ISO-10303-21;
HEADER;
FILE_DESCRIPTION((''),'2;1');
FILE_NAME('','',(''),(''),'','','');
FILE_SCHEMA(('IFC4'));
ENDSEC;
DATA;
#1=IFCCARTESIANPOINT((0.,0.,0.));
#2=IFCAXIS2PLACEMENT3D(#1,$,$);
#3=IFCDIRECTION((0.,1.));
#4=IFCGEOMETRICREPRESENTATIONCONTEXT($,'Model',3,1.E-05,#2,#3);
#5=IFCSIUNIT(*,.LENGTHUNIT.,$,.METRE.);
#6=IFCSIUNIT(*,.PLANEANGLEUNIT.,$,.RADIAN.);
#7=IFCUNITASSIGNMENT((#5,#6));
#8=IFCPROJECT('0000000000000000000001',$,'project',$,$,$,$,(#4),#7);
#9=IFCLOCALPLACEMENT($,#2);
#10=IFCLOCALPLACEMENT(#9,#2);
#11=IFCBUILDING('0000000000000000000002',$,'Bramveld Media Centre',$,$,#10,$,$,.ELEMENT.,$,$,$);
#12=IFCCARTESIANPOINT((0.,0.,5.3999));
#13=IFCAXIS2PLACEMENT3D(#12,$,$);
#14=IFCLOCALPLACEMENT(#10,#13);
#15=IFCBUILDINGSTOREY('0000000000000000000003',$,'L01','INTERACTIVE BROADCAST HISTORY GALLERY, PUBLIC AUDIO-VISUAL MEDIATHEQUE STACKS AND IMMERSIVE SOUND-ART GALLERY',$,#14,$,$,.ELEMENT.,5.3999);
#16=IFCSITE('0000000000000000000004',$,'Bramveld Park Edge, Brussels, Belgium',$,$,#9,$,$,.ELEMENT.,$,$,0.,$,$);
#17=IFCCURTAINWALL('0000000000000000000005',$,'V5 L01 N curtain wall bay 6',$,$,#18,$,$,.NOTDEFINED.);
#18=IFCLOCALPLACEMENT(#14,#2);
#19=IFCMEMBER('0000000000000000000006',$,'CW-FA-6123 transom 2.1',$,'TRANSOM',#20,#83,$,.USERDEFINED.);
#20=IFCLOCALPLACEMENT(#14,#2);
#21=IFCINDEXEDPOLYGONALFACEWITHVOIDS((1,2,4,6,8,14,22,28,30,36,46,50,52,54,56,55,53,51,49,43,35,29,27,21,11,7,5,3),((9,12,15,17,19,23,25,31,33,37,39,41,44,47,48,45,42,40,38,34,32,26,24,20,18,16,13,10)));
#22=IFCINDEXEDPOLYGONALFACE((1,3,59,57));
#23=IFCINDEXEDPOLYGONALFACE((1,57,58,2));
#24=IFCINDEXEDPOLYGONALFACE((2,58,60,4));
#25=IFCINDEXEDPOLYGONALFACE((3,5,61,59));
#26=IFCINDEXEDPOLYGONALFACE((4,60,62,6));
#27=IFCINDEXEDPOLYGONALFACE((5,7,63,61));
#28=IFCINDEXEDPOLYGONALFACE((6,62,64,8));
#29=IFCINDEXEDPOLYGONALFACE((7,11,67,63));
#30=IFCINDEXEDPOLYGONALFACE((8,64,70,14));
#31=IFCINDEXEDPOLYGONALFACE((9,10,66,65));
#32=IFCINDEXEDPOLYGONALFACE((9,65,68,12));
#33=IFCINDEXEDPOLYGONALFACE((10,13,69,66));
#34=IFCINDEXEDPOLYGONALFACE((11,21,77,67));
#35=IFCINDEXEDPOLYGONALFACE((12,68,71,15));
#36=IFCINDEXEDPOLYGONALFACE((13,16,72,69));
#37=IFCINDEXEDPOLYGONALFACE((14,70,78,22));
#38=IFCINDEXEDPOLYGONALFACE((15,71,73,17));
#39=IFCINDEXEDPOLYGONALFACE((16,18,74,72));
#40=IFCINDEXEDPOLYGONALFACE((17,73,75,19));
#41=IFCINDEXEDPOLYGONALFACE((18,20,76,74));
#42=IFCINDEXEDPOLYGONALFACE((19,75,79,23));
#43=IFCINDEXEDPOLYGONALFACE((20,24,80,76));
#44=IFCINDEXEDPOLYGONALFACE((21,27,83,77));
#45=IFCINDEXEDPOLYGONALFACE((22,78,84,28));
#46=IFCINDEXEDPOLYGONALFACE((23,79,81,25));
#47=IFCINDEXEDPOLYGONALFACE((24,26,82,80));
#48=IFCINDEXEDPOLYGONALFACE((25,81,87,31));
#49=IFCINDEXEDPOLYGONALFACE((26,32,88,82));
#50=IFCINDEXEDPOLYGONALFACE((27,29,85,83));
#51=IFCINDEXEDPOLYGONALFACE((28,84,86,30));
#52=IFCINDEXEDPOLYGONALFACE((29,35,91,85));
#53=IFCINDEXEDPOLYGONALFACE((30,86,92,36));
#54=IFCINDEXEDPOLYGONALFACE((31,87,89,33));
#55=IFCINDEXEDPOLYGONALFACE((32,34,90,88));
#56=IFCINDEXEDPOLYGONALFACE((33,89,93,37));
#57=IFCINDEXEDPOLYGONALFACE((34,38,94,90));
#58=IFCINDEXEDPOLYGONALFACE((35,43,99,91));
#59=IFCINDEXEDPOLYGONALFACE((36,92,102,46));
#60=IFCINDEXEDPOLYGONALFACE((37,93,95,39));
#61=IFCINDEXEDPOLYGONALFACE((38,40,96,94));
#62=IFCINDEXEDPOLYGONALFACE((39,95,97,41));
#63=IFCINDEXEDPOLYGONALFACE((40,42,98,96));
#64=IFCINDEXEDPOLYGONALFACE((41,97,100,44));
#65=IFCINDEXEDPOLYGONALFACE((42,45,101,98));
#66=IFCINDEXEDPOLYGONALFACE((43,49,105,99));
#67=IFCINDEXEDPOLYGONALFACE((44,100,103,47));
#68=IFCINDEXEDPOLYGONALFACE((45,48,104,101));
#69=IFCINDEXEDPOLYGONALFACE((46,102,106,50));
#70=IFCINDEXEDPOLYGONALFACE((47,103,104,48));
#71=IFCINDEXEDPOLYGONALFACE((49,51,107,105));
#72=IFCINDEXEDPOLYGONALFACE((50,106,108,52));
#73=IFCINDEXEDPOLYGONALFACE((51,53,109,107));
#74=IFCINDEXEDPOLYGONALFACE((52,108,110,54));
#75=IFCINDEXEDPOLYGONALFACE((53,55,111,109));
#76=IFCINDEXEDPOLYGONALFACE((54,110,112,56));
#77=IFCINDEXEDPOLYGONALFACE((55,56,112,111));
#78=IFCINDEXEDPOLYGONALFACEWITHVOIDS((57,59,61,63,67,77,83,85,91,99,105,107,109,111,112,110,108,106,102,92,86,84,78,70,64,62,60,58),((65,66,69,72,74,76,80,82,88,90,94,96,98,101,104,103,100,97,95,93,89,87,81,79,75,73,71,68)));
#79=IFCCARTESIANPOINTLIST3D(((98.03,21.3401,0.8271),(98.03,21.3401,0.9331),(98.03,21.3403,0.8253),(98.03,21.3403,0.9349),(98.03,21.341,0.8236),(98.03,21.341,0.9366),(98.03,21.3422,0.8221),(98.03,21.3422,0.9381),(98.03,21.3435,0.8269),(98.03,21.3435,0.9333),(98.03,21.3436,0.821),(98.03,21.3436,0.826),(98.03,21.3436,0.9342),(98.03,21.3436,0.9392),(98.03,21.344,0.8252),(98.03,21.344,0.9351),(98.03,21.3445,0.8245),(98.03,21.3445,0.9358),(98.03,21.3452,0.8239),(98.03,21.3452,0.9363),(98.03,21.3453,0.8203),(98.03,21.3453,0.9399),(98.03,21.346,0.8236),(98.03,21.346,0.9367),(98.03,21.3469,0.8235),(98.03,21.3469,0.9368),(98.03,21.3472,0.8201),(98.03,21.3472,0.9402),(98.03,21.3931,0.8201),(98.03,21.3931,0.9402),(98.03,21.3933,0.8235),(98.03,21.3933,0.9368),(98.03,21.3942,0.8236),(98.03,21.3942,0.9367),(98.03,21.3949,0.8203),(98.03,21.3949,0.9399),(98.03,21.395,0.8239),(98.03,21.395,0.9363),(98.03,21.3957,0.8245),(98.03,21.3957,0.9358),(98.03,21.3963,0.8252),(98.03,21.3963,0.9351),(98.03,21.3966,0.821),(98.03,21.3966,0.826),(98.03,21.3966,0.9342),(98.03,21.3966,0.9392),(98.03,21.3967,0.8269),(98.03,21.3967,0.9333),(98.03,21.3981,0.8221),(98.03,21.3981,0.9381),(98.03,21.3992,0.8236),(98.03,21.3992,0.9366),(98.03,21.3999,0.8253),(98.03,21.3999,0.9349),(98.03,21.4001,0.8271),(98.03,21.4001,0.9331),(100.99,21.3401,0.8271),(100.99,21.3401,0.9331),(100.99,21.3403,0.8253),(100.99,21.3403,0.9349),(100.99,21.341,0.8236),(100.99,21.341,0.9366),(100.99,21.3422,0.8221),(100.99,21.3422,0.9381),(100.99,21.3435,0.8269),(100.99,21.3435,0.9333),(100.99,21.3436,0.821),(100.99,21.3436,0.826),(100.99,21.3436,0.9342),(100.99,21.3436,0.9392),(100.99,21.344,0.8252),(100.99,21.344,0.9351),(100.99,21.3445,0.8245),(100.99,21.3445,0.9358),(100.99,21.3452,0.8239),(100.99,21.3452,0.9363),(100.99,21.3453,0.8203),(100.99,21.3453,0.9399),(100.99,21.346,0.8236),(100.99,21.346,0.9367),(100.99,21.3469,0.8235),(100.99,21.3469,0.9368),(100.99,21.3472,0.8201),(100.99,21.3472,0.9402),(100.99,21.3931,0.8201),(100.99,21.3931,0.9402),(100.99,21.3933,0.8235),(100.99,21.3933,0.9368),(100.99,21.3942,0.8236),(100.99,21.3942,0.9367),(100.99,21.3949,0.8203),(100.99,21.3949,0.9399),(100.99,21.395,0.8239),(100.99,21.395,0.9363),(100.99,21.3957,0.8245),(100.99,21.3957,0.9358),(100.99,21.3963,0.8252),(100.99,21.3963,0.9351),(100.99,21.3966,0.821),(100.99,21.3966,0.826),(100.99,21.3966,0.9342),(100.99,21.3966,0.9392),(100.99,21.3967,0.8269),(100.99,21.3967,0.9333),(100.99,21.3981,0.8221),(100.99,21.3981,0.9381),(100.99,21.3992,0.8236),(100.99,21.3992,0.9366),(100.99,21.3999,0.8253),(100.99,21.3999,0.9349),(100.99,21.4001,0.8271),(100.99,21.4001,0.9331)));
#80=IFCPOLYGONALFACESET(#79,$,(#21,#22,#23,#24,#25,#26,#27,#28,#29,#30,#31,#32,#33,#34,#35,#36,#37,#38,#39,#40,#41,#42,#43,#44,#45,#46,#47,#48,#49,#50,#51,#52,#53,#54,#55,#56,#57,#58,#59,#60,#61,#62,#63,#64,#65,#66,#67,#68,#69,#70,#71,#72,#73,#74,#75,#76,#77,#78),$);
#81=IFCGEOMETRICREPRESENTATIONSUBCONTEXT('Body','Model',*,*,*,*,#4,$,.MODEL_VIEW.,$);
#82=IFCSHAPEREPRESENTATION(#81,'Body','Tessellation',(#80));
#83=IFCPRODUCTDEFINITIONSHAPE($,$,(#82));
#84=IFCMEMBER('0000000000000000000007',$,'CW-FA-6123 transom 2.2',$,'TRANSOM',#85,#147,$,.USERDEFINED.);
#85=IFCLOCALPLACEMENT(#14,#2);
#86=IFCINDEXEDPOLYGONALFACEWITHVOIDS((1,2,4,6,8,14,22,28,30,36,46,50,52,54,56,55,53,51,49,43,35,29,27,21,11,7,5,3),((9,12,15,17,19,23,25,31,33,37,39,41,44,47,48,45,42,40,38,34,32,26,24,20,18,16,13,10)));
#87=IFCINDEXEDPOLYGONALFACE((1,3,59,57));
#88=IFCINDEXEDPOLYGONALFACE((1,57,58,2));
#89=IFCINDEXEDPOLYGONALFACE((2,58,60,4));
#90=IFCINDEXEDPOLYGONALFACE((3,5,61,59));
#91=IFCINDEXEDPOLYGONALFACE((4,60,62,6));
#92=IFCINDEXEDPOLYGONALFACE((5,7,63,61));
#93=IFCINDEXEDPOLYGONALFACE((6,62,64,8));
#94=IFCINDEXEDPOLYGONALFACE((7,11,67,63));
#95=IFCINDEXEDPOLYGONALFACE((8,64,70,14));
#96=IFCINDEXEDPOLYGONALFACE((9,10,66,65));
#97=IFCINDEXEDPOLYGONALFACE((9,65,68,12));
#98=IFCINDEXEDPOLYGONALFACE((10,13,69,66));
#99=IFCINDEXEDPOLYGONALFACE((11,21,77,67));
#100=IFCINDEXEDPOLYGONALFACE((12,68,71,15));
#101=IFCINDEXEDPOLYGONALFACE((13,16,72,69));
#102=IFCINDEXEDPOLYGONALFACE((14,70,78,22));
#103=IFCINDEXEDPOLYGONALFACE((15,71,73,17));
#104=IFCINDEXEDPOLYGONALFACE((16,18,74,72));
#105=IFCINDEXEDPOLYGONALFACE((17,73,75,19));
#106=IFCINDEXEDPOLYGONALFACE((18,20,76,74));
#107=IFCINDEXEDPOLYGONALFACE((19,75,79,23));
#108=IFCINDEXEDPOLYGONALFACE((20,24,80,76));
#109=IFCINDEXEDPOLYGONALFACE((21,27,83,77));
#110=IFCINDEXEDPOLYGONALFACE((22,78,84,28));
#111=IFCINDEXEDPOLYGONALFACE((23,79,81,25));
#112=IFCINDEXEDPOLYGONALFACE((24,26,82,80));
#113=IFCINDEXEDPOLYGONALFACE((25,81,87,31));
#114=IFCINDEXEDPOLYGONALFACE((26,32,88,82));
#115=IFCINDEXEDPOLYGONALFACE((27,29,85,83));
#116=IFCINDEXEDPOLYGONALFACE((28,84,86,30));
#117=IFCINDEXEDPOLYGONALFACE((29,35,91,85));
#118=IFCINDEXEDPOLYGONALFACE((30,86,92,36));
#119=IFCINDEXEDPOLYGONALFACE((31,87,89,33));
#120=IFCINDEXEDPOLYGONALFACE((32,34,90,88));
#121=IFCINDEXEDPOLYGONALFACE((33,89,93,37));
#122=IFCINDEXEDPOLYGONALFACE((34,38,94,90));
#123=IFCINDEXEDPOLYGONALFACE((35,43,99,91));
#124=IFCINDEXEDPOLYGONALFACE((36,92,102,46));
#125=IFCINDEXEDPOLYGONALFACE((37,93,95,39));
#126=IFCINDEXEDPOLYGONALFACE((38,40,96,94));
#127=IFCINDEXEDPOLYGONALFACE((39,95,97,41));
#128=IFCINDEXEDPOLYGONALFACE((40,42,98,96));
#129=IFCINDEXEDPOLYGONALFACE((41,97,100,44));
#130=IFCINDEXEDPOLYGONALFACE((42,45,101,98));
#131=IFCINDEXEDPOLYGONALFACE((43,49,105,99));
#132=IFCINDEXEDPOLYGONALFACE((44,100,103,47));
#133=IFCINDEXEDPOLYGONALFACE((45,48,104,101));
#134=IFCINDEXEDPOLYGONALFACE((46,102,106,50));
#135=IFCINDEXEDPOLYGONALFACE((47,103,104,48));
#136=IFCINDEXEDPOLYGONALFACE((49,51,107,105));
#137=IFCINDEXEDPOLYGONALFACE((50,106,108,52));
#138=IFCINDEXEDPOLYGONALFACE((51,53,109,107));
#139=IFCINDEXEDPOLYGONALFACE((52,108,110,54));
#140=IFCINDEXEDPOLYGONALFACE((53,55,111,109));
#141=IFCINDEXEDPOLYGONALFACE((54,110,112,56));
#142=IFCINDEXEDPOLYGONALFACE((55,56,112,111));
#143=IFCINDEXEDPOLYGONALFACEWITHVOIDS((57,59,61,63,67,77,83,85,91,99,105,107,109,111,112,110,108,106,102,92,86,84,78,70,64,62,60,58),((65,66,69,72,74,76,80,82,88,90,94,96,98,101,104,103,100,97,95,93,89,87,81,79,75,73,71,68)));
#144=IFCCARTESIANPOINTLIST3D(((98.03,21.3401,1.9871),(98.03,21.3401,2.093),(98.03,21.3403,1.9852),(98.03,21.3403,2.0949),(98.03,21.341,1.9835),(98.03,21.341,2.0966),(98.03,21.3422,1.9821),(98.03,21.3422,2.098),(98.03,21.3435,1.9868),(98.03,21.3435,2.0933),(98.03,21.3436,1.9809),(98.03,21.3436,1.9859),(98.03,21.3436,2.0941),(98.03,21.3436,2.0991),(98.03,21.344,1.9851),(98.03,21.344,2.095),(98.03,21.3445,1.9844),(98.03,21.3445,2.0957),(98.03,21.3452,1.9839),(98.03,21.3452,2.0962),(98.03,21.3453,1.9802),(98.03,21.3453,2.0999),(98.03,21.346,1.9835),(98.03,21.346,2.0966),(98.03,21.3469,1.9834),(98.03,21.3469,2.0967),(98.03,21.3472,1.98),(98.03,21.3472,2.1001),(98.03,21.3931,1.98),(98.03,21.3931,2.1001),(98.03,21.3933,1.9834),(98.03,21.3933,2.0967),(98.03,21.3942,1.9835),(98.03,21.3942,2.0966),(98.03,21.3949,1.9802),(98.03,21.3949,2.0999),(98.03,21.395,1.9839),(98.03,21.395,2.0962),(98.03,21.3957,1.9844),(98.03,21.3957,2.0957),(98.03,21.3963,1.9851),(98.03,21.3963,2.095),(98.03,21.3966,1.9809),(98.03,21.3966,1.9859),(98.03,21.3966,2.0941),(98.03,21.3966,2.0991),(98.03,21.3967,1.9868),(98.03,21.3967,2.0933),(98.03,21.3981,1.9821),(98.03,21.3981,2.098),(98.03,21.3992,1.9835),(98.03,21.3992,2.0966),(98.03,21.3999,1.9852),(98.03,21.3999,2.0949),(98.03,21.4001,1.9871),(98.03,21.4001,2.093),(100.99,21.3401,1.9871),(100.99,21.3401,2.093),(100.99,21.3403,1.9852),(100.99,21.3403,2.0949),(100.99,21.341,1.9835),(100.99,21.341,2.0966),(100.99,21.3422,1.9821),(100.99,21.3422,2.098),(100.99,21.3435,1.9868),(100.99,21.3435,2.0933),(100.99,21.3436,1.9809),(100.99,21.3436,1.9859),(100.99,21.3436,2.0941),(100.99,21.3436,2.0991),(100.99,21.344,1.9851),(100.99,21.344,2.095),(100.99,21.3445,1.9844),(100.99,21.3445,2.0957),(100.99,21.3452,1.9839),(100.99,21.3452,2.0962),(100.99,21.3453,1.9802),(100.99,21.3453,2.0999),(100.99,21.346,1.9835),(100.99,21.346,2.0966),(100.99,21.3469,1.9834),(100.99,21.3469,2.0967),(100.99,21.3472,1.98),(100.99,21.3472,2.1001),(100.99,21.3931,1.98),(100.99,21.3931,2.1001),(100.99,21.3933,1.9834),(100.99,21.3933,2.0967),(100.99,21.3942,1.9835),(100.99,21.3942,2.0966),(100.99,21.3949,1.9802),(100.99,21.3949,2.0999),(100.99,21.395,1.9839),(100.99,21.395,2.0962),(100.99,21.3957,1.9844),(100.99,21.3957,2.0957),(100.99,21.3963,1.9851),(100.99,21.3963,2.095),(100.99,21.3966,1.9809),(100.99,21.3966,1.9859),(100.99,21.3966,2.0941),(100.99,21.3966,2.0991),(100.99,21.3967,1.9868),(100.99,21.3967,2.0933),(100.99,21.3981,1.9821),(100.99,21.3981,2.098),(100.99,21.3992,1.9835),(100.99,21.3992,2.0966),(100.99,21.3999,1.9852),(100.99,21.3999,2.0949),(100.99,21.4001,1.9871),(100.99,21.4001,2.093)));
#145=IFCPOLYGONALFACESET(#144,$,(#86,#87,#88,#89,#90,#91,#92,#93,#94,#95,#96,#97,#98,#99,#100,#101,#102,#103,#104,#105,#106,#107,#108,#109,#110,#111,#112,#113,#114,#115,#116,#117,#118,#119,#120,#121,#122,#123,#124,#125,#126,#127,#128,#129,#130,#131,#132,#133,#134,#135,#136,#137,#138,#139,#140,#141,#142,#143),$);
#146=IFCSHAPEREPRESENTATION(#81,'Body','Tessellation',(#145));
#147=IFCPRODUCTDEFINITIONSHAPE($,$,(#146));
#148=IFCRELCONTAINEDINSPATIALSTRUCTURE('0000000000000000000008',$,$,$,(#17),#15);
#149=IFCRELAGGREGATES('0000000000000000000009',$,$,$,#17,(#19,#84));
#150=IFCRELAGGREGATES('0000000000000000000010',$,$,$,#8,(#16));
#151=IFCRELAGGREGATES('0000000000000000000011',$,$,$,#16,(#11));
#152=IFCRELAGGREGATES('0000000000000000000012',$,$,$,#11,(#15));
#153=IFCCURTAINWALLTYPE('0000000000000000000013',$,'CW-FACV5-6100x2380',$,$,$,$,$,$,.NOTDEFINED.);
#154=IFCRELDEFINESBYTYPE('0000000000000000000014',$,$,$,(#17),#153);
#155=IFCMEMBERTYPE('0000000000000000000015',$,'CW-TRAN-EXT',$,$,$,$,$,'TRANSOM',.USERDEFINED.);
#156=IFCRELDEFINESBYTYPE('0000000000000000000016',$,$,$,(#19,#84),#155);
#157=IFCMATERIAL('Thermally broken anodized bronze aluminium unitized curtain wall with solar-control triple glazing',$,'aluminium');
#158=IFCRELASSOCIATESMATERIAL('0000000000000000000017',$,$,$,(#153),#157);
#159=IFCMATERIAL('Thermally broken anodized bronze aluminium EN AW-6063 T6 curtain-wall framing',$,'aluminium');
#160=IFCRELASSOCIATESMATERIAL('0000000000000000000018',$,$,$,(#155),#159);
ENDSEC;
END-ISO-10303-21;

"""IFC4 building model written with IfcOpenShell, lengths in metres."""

from ifc_helpers import new_model, si_unit, direction, frame, origin, origin_2d, place, context, subcontext, project, spatial, hollow_rectangle, extrude, material, material_profile, profile_set, type_object, element, aggregate, save


model = new_model("IFC4")

# Units and contexts
model_context = context("Model", 3, precision=1e-05, world=origin(), true_north=direction((0.0, 1.0)))
body_context = subcontext(model_context, "Body", "Model", "MODEL_VIEW")
ifc_project = project(units=[si_unit("LENGTHUNIT", "METRE"), si_unit("PLANEANGLEUNIT", "RADIAN")], contexts=[model_context])

# Site, building, storey
site_placement = place(None, origin())
site = spatial("IfcSite", under=ifc_project, at=site_placement, Name="Bramveld Park Edge, Brussels, Belgium", CompositionType="ELEMENT", RefElevation=0.0)
building_placement = place(site_placement, origin())
building = spatial("IfcBuilding", under=site, at=building_placement, Name="Bramveld Media Centre", CompositionType="ELEMENT")
storey_placement = place(building_placement, frame((0.0, 0.0, 5.3999)))
storey = spatial("IfcBuildingStorey", under=building, at=storey_placement, Name="L01", Description="INTERACTIVE BROADCAST HISTORY GALLERY, PUBLIC AUDIO-VISUAL MEDIATHEQUE STACKS AND IMMERSIVE SOUND-ART GALLERY", CompositionType="ELEMENT", Elevation=5.3999)

# Curtain wall
ifc_material_1 = material(Name="Thermally broken anodized bronze aluminium unitized curtain wall with solar-control triple glazing", Category="aluminium")
curtain_wall_type = type_object("IfcCurtainWallType", Name="CW-FACV5-6100x2380", PredefinedType="NOTDEFINED", material=ifc_material_1)
curtain_wall_1_placement = place(storey_placement, origin())
curtain_wall_1 = element("IfcCurtainWall", 1, at=curtain_wall_1_placement, inside=storey, type_object=curtain_wall_type, Name="V5 L01 N curtain wall bay 6", PredefinedType="NOTDEFINED")

# Members
ifc_material_2 = material(Name="Thermally broken anodized bronze aluminium EN AW-6063 T6 curtain-wall framing", Category="aluminium")
ifc_material_profile_1 = material_profile(ifc_material_2, hollow_rectangle(XDim=0.0601, YDim=0.1201, WallThickness=0.0034, InnerFilletRadius=0.0034, OuterFilletRadius=0.0071, at=origin_2d()), Name="AL-TRAN 60x120")
ifc_profile_set_1 = profile_set([ifc_material_profile_1], Name="Thermally broken anodized bronze aluminium EN AW-6063 T6 curtain-wall framing")
member_type_1 = type_object("IfcMemberType", Name="CW-TRAN-EXT", ElementType="TRANSOM", PredefinedType="USERDEFINED", material=ifc_profile_set_1)
member_1_placement = place(storey_placement, frame((98.03, 21.3701, 0.8801), z_axis=(1.0, 0.0, 0.0), x_axis=(0.0, 1.0, 0.0)))
member_1 = element("IfcMember", 2, at=member_1_placement, type_object=member_type_1, Name="CW-FA-6123 transom 2.1", ObjectType="TRANSOM", PredefinedType="USERDEFINED", context=body_context, shape_type="SweptSolid", body=[
    extrude(hollow_rectangle(XDim=0.0601, YDim=0.1201, WallThickness=0.0034, InnerFilletRadius=0.0034, OuterFilletRadius=0.0071, at=origin_2d()), origin(), (0.0, 0.0, 1.0), 2.96),
])
member_2_placement = place(storey_placement, frame((98.03, 21.3701, 2.04), z_axis=(1.0, 0.0, 0.0), x_axis=(0.0, 1.0, 0.0)))
member_2 = element("IfcMember", 3, at=member_2_placement, type_object=member_type_1, Name="CW-FA-6123 transom 2.2", ObjectType="TRANSOM", PredefinedType="USERDEFINED", context=body_context, shape_type="SweptSolid", body=[
    extrude(hollow_rectangle(XDim=0.0601, YDim=0.1201, WallThickness=0.0034, InnerFilletRadius=0.0034, OuterFilletRadius=0.0071, at=origin_2d()), origin(), (0.0, 0.0, 1.0), 2.96),
])

aggregate(curtain_wall_1, [member_1, member_2])

save(model, "model.ifc")
